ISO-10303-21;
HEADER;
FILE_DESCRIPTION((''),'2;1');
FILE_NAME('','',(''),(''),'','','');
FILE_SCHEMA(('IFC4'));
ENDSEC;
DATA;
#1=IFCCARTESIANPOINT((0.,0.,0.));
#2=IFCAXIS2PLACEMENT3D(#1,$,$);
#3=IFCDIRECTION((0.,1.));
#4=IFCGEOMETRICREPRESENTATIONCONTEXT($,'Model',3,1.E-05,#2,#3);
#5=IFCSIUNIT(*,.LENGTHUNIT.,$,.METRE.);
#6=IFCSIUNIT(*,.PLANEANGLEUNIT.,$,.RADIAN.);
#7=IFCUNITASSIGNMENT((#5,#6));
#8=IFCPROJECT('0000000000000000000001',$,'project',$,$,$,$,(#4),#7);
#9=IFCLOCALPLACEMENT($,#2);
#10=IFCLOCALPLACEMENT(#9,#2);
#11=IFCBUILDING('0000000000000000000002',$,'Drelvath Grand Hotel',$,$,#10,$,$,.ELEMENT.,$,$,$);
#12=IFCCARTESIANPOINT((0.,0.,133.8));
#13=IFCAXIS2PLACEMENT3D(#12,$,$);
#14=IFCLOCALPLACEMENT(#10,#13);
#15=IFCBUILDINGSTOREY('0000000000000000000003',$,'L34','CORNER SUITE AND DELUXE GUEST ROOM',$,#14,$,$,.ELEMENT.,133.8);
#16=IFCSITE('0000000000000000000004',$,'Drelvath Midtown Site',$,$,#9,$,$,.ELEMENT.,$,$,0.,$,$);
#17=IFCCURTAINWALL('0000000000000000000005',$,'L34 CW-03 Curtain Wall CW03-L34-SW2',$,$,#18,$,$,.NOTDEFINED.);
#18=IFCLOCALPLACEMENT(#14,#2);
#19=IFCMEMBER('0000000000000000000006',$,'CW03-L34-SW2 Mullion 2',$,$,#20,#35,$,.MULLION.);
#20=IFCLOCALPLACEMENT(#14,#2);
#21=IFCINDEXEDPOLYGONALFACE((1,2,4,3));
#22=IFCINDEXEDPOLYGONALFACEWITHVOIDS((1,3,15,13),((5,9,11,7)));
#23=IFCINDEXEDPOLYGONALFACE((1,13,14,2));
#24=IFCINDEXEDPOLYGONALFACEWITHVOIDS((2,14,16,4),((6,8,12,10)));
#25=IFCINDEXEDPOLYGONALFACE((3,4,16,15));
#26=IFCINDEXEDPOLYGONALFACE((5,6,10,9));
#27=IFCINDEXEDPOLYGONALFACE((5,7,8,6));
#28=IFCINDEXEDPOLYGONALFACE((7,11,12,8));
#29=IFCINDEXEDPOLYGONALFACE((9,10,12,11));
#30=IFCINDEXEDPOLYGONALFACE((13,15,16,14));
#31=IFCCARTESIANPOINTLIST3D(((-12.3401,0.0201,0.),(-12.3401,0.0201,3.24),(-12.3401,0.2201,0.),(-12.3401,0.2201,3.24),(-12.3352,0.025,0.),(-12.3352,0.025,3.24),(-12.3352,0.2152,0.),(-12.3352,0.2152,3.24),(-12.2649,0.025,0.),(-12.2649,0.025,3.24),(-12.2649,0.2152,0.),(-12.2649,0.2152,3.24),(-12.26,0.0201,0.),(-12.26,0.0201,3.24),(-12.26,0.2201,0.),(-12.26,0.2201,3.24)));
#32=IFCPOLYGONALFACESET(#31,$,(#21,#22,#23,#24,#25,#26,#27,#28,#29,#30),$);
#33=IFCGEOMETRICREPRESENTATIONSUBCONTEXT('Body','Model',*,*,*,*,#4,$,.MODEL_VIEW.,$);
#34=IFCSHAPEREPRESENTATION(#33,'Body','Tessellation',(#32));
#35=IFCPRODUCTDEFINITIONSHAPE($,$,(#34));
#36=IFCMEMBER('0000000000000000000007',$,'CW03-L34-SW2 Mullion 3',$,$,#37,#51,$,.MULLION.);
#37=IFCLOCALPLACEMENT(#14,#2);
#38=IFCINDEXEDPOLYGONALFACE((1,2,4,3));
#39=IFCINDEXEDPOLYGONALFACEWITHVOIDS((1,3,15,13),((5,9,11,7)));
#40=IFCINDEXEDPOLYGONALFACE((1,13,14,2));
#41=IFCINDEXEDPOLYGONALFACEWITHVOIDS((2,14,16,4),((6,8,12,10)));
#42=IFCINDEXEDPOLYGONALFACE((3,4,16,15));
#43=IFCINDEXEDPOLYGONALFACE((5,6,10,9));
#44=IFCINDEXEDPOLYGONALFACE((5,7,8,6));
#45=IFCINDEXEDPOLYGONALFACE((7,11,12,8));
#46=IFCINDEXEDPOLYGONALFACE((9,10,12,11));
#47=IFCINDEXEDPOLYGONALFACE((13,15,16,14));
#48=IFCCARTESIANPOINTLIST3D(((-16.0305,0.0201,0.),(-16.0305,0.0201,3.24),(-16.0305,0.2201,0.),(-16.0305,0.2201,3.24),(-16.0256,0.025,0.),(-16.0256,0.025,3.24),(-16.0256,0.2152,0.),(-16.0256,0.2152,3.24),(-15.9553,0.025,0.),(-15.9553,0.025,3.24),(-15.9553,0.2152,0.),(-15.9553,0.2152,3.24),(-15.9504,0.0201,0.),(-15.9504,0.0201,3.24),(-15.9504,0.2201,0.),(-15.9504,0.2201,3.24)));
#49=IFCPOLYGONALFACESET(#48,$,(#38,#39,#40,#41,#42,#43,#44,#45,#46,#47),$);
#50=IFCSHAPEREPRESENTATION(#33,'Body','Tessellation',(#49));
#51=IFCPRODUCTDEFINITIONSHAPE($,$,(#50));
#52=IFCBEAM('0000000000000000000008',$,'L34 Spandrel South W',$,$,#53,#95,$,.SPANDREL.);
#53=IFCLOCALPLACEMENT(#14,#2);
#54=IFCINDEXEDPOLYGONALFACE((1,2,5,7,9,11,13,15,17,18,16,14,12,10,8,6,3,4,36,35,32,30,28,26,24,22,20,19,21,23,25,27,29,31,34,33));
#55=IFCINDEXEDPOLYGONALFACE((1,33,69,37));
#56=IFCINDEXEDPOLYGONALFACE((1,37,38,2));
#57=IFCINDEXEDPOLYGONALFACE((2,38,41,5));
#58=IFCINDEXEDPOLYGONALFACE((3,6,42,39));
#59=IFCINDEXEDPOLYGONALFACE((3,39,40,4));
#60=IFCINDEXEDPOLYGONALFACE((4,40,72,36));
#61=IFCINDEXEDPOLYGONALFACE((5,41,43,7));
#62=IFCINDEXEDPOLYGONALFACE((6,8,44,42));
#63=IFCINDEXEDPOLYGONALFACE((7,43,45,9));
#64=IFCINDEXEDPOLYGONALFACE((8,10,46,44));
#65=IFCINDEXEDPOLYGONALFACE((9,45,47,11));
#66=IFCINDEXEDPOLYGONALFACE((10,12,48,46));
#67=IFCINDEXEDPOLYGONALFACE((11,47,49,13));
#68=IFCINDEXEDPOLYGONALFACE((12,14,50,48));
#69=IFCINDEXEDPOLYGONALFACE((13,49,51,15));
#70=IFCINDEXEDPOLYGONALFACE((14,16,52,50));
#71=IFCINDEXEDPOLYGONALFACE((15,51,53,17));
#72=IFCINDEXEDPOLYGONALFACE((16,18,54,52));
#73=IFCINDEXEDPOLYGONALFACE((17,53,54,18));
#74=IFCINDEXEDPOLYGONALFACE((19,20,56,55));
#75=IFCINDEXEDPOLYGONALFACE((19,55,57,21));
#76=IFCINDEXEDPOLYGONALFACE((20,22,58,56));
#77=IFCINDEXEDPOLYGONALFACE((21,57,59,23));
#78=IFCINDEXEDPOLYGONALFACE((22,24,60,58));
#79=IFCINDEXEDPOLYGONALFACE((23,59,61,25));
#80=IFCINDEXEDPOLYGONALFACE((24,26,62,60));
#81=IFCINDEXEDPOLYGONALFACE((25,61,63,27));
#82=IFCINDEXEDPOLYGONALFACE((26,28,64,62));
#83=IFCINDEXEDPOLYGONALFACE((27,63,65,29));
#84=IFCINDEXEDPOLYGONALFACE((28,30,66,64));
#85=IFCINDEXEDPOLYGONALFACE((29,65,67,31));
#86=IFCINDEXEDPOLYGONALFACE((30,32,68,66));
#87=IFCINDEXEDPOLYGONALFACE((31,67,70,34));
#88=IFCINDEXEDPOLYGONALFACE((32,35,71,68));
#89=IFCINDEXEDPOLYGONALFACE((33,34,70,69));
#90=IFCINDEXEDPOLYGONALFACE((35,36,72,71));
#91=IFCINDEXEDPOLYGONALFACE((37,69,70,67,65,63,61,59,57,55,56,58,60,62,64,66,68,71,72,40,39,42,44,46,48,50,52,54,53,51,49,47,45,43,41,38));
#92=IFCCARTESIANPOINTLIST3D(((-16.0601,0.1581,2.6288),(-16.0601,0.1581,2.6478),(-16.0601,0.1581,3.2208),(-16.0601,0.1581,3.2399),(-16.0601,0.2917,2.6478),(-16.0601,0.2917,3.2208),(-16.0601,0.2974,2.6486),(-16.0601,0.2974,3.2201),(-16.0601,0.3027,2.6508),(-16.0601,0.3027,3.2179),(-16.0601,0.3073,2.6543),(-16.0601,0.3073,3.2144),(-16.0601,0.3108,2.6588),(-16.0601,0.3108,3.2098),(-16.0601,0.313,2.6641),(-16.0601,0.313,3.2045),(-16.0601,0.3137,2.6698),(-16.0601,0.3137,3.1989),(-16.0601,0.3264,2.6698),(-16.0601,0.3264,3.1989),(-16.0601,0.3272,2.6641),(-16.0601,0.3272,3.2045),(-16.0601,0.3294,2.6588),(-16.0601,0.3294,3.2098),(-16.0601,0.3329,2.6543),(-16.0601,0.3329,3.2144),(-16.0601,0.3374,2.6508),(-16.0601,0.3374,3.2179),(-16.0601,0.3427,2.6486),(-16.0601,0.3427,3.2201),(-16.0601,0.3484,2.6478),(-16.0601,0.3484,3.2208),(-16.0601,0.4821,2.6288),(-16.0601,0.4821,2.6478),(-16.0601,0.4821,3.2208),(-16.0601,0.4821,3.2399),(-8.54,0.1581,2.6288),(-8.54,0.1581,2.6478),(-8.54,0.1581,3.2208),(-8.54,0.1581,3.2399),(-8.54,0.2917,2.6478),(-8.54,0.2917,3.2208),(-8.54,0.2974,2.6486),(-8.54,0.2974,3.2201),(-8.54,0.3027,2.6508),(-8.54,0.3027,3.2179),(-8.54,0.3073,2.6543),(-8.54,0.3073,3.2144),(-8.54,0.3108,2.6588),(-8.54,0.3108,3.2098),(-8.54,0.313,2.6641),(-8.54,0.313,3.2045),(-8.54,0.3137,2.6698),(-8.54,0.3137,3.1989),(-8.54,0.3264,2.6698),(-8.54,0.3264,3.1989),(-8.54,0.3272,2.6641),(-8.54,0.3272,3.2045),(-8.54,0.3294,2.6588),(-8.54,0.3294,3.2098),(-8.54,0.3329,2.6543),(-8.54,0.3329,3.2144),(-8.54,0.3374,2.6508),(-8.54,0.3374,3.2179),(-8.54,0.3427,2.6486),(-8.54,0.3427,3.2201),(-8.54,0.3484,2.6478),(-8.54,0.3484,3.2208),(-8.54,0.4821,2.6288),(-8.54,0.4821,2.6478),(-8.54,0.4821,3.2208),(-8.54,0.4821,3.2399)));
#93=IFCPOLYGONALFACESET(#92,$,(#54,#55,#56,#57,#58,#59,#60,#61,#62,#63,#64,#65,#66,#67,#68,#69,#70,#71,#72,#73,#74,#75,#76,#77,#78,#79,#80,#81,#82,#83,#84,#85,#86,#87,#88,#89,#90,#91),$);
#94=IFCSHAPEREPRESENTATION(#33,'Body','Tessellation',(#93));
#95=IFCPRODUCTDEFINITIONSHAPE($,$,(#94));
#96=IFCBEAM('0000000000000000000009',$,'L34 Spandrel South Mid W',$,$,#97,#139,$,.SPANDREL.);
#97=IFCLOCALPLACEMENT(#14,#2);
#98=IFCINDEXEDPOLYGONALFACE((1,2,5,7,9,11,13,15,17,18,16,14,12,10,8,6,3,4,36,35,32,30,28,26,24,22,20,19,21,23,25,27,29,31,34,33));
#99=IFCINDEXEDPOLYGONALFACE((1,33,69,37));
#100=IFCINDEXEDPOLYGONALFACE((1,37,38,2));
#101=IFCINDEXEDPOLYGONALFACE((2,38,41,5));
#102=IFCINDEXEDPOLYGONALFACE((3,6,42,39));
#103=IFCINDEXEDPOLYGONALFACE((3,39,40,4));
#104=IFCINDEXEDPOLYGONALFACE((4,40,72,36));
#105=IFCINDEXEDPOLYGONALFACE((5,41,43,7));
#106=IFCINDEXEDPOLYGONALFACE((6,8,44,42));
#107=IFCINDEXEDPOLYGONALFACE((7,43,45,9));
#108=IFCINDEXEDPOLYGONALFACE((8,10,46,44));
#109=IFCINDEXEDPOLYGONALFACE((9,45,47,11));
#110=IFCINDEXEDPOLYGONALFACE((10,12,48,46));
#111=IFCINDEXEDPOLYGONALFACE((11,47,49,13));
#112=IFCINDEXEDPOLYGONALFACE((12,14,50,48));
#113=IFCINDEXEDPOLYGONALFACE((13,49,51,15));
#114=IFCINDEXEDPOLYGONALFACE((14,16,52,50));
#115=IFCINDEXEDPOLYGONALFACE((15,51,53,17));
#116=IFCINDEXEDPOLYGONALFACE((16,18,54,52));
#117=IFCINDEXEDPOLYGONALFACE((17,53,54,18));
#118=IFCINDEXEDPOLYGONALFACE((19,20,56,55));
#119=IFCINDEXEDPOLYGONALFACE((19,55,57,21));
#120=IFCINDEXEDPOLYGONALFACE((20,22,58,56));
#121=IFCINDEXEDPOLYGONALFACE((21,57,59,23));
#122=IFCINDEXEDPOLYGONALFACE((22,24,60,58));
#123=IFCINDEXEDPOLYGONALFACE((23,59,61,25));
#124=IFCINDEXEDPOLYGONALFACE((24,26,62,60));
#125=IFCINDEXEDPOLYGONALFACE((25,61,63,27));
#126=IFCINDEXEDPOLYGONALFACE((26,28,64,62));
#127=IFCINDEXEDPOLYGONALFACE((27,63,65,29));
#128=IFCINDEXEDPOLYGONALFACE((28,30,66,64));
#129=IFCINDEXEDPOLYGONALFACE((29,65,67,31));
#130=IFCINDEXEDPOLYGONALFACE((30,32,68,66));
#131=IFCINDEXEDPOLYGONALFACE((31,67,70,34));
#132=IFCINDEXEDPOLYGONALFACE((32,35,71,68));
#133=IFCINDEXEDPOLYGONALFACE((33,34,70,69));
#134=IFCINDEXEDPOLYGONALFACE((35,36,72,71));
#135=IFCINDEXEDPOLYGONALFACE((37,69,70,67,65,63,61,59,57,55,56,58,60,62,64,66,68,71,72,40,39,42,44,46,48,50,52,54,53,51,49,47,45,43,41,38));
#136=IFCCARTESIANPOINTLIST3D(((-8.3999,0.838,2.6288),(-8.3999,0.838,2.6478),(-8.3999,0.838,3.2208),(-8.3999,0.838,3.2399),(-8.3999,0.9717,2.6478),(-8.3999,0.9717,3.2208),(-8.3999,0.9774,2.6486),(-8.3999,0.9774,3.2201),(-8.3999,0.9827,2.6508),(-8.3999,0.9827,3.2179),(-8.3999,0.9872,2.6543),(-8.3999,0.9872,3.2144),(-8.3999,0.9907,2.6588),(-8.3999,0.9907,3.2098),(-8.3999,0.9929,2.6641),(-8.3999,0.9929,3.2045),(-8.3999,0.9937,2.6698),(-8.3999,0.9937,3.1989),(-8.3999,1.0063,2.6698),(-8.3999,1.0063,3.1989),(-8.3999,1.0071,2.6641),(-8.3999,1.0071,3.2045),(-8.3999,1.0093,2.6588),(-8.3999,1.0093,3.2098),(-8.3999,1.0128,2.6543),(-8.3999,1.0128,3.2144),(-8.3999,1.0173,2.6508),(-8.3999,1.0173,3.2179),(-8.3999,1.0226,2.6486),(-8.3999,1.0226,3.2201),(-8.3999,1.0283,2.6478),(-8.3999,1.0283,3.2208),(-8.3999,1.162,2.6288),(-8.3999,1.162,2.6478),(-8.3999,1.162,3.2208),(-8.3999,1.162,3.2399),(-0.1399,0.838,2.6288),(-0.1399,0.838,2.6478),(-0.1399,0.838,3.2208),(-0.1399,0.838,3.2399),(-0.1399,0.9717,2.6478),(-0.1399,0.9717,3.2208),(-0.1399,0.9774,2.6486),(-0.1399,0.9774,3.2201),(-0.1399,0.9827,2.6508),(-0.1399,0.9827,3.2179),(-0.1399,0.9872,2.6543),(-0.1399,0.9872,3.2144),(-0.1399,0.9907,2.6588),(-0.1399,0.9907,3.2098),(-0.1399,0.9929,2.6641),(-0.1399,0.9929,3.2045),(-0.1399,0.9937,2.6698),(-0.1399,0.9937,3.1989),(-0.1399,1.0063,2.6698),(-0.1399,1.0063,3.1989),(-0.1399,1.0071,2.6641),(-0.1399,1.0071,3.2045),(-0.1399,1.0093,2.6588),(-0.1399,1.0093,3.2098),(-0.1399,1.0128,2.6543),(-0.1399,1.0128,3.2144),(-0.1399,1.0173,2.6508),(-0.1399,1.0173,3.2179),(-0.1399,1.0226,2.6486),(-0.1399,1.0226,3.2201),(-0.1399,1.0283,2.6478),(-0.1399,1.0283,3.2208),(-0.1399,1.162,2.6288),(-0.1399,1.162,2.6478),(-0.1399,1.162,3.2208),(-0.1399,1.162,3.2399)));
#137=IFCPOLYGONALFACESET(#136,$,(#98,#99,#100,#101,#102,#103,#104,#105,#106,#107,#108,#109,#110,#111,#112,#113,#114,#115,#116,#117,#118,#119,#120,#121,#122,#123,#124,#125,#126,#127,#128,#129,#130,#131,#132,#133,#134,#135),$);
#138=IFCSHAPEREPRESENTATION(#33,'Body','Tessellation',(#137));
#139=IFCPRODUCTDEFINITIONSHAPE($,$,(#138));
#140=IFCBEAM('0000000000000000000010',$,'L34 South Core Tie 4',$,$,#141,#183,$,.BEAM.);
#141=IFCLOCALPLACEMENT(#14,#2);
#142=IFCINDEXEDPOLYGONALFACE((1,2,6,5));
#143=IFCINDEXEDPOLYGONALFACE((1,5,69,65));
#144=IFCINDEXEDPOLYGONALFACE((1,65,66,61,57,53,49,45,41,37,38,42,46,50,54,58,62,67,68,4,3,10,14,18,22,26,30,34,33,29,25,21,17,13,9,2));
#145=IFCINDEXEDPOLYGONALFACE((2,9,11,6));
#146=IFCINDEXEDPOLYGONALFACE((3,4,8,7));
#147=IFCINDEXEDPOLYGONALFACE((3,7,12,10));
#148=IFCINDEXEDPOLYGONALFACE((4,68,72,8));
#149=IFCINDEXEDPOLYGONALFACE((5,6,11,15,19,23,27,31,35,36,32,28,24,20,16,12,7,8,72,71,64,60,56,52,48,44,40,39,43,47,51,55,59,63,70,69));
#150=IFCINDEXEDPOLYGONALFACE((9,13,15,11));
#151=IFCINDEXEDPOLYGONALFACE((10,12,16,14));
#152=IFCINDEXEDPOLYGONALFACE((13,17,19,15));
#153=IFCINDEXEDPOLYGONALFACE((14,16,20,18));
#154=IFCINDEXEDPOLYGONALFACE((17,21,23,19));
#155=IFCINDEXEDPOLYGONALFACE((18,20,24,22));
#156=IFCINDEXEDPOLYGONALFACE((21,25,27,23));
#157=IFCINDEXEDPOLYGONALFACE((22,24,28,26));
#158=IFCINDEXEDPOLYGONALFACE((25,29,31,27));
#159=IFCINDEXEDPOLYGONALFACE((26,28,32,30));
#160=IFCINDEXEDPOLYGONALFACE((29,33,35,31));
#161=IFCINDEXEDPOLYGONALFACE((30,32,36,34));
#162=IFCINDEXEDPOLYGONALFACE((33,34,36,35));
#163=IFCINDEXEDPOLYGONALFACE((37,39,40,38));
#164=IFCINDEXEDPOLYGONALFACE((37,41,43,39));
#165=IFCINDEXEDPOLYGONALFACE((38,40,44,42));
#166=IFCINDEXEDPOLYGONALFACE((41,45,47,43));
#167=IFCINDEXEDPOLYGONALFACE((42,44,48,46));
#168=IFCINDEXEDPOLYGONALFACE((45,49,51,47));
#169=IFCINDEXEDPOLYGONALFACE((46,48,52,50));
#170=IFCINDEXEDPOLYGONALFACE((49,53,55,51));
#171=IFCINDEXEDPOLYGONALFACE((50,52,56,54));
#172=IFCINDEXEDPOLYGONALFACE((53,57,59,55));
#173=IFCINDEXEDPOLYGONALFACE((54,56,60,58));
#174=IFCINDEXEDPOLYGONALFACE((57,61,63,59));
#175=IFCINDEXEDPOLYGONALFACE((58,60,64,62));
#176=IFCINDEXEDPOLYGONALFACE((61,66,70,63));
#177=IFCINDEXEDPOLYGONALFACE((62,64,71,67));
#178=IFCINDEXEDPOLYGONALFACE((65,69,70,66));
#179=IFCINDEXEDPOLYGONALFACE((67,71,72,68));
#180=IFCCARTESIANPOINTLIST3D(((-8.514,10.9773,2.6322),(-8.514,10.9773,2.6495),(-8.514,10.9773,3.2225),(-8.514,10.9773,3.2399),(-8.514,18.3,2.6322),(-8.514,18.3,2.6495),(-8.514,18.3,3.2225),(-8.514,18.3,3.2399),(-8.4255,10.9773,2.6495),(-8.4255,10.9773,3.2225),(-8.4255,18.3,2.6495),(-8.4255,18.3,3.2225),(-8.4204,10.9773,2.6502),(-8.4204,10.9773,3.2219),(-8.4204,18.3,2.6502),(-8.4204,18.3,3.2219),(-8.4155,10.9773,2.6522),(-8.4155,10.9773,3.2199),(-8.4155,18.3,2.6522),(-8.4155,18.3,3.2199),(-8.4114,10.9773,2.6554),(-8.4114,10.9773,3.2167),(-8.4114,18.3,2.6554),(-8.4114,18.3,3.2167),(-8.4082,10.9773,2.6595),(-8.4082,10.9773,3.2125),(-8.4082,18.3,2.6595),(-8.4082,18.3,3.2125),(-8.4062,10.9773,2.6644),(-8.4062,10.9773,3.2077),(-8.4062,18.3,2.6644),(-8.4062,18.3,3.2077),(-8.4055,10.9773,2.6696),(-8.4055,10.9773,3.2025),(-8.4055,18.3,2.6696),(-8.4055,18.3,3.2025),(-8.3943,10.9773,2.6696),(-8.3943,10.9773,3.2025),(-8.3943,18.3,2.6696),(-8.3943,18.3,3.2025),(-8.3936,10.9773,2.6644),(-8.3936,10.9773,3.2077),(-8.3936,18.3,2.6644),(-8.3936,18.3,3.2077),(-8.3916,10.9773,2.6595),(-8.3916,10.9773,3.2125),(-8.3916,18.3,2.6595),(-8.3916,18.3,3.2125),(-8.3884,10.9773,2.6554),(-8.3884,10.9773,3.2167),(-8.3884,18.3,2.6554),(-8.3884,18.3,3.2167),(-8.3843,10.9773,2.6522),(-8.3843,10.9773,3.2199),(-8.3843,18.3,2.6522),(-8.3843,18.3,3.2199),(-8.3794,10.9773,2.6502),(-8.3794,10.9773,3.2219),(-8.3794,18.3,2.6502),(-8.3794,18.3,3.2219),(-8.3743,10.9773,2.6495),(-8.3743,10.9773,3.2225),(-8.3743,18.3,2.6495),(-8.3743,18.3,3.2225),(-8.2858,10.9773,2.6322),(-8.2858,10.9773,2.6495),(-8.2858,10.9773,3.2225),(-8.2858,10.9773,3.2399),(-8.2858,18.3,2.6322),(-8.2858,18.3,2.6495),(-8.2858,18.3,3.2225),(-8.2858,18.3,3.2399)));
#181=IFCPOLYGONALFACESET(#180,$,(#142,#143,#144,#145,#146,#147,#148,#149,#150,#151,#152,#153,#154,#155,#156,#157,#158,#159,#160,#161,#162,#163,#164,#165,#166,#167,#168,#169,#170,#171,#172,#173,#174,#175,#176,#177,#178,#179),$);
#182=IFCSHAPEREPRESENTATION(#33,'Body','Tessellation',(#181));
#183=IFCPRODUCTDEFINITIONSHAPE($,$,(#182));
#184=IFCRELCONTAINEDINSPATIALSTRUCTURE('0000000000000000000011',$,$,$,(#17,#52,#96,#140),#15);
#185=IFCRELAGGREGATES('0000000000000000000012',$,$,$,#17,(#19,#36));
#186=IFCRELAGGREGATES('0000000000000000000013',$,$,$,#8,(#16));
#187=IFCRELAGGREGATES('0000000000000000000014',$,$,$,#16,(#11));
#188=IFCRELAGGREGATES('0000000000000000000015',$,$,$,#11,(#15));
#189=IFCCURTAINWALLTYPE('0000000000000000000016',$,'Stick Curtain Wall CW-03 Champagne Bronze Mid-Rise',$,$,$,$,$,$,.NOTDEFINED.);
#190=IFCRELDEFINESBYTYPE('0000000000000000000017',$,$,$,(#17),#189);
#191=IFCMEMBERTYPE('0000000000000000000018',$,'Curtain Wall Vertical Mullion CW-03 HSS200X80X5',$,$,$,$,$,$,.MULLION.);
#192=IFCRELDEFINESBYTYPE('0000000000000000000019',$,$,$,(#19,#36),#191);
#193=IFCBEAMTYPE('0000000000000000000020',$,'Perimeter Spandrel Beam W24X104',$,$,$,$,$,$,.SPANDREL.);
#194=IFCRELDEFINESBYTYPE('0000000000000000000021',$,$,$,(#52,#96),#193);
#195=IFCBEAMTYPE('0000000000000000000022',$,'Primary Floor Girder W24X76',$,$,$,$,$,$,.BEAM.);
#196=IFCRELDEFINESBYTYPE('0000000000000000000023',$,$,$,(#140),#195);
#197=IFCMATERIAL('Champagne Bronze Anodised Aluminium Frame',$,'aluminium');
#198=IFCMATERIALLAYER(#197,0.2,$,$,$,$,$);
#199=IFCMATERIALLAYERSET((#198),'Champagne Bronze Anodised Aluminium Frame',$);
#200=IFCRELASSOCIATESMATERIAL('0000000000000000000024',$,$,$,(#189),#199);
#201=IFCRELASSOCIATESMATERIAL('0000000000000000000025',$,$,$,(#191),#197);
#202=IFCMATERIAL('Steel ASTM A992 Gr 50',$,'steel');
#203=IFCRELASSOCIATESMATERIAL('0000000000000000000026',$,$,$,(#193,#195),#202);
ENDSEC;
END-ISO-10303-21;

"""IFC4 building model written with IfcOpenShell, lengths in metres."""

from ifc_helpers import new_model, si_unit, direction, frame, origin, origin_2d, place, context, subcontext, project, spatial, hollow_rectangle, i_section, extrude, material, layer, layer_set, material_profile, profile_set, type_object, element, aggregate, save


model = new_model("IFC4")

# Units and contexts
model_context = context("Model", 3, precision=1e-05, world=origin(), true_north=direction((0.0, 1.0)))
body_context = subcontext(model_context, "Body", "Model", "MODEL_VIEW")
ifc_project = project(units=[si_unit("LENGTHUNIT", "METRE"), si_unit("PLANEANGLEUNIT", "RADIAN")], contexts=[model_context])

# Site, building, storey
site_placement = place(None, origin())
site = spatial("IfcSite", under=ifc_project, at=site_placement, Name="Drelvath Midtown Site", CompositionType="ELEMENT", RefElevation=0.0)
building_placement = place(site_placement, origin())
building = spatial("IfcBuilding", under=site, at=building_placement, Name="Drelvath Grand Hotel", CompositionType="ELEMENT")
storey_placement = place(building_placement, frame((0.0, 0.0, 133.8)))
storey = spatial("IfcBuildingStorey", under=building, at=storey_placement, Name="L34", Description="CORNER SUITE AND DELUXE GUEST ROOM", CompositionType="ELEMENT", Elevation=133.8)

# Shared definitions
ifc_material_1 = material(Name="Steel ASTM A992 Gr 50", Category="steel")

# Curtain wall
ifc_material_2 = material(Name="Champagne Bronze Anodised Aluminium Frame", Category="aluminium")
ifc_layer_1 = layer(ifc_material_2, 0.2)
ifc_layer_set_1 = layer_set([ifc_layer_1], Name="Champagne Bronze Anodised Aluminium Frame")
curtain_wall_type = type_object("IfcCurtainWallType", Name="Stick Curtain Wall CW-03 Champagne Bronze Mid-Rise", PredefinedType="NOTDEFINED", material=ifc_layer_set_1)
curtain_wall_1_placement = place(storey_placement, origin())
curtain_wall_1 = element("IfcCurtainWall", 1, at=curtain_wall_1_placement, inside=storey, type_object=curtain_wall_type, Name="L34 CW-03 Curtain Wall CW03-L34-SW2", PredefinedType="NOTDEFINED")

# Shared definitions
ifc_material_profile_1 = material_profile(ifc_material_2, hollow_rectangle(XDim=0.0801, YDim=0.2, WallThickness=0.0049, at=origin_2d()), Name="HSS200X80X5")
ifc_profile_set_1 = profile_set([ifc_material_profile_1], Name="Champagne Bronze Anodised Aluminium Frame")
member_type_1 = type_object("IfcMemberType", Name="Curtain Wall Vertical Mullion CW-03 HSS200X80X5", PredefinedType="MULLION", material=ifc_profile_set_1)

# Members
member_1_placement = place(storey_placement, frame((-12.3, 0.1201, 0.0), z_axis=(0.0, 0.0, 1.0), x_axis=(1.0, 0.0, 0.0)))
member_1 = element("IfcMember", 2, at=member_1_placement, type_object=member_type_1, Name="CW03-L34-SW2 Mullion 2", PredefinedType="MULLION", context=body_context, shape_type="SweptSolid", body=[
    extrude(hollow_rectangle(XDim=0.0801, YDim=0.2, WallThickness=0.0049, at=origin_2d()), origin(), (0.0, 0.0, 1.0), 3.24),
])
member_2_placement = place(storey_placement, frame((-15.9905, 0.1201, 0.0), z_axis=(0.0, 0.0, 1.0), x_axis=(1.0, 0.0, 0.0)))
member_2 = element("IfcMember", 3, at=member_2_placement, type_object=member_type_1, Name="CW03-L34-SW2 Mullion 3", PredefinedType="MULLION", context=body_context, shape_type="SweptSolid", body=[
    extrude(hollow_rectangle(XDim=0.0801, YDim=0.2, WallThickness=0.0049, at=origin_2d()), origin(), (0.0, 0.0, 1.0), 3.24),
])

# Beams
ifc_material_profile_2 = material_profile(ifc_material_1, i_section(OverallWidth=0.324, OverallDepth=0.6111, WebThickness=0.0127, FlangeThickness=0.019, FilletRadius=0.022, at=origin_2d()), Name="W24X104")
ifc_profile_set_2 = profile_set([ifc_material_profile_2], Name="Steel ASTM A992 Gr 50")
beam_type_1 = type_object("IfcBeamType", Name="Perimeter Spandrel Beam W24X104", PredefinedType="SPANDREL", material=ifc_profile_set_2)
beam_1_placement = place(storey_placement, frame((-16.0601, 0.3201, 2.9343), z_axis=(1.0, 0.0, 0.0), x_axis=(0.0, 1.0, 0.0)))
element("IfcBeam", 4, at=beam_1_placement, inside=storey, type_object=beam_type_1, Name="L34 Spandrel South W", PredefinedType="SPANDREL", context=body_context, shape_type="SweptSolid", body=[
    extrude(i_section(OverallWidth=0.324, OverallDepth=0.6111, WebThickness=0.0127, FlangeThickness=0.019, FilletRadius=0.022, at=origin_2d()), origin(), (0.0, 0.0, 1.0), 7.52),
])
beam_2_placement = place(storey_placement, frame((-8.3999, 1.0, 2.9343), z_axis=(1.0, 0.0, 0.0), x_axis=(0.0, 1.0, 0.0)))
element("IfcBeam", 5, at=beam_2_placement, inside=storey, type_object=beam_type_1, Name="L34 Spandrel South Mid W", PredefinedType="SPANDREL", context=body_context, shape_type="SweptSolid", body=[
    extrude(i_section(OverallWidth=0.324, OverallDepth=0.6111, WebThickness=0.0127, FlangeThickness=0.019, FilletRadius=0.022, at=origin_2d()), origin(), (0.0, 0.0, 1.0), 8.26),
])
ifc_material_profile_3 = material_profile(ifc_material_1, i_section(OverallWidth=0.2283, OverallDepth=0.6077, WebThickness=0.0112, FlangeThickness=0.0173, FilletRadius=0.02, at=origin_2d()), Name="W24X76")
ifc_profile_set_3 = profile_set([ifc_material_profile_3], Name="Steel ASTM A992 Gr 50")
beam_type_2 = type_object("IfcBeamType", Name="Primary Floor Girder W24X76", PredefinedType="BEAM", material=ifc_profile_set_3)
beam_3_placement = place(storey_placement, frame((-8.3999, 10.9773, 2.936), z_axis=(0.0, 1.0, 0.0), x_axis=(-1.0, 0.0, 0.0)))
element("IfcBeam", 6, at=beam_3_placement, inside=storey, type_object=beam_type_2, Name="L34 South Core Tie 4", PredefinedType="BEAM", context=body_context, shape_type="SweptSolid", body=[
    extrude(i_section(OverallWidth=0.2283, OverallDepth=0.6077, WebThickness=0.0112, FlangeThickness=0.0173, FilletRadius=0.02, at=origin_2d()), origin(), (0.0, 0.0, 1.0), 7.3228),
])

aggregate(curtain_wall_1, [member_1, member_2])

save(model, "model.ifc")
